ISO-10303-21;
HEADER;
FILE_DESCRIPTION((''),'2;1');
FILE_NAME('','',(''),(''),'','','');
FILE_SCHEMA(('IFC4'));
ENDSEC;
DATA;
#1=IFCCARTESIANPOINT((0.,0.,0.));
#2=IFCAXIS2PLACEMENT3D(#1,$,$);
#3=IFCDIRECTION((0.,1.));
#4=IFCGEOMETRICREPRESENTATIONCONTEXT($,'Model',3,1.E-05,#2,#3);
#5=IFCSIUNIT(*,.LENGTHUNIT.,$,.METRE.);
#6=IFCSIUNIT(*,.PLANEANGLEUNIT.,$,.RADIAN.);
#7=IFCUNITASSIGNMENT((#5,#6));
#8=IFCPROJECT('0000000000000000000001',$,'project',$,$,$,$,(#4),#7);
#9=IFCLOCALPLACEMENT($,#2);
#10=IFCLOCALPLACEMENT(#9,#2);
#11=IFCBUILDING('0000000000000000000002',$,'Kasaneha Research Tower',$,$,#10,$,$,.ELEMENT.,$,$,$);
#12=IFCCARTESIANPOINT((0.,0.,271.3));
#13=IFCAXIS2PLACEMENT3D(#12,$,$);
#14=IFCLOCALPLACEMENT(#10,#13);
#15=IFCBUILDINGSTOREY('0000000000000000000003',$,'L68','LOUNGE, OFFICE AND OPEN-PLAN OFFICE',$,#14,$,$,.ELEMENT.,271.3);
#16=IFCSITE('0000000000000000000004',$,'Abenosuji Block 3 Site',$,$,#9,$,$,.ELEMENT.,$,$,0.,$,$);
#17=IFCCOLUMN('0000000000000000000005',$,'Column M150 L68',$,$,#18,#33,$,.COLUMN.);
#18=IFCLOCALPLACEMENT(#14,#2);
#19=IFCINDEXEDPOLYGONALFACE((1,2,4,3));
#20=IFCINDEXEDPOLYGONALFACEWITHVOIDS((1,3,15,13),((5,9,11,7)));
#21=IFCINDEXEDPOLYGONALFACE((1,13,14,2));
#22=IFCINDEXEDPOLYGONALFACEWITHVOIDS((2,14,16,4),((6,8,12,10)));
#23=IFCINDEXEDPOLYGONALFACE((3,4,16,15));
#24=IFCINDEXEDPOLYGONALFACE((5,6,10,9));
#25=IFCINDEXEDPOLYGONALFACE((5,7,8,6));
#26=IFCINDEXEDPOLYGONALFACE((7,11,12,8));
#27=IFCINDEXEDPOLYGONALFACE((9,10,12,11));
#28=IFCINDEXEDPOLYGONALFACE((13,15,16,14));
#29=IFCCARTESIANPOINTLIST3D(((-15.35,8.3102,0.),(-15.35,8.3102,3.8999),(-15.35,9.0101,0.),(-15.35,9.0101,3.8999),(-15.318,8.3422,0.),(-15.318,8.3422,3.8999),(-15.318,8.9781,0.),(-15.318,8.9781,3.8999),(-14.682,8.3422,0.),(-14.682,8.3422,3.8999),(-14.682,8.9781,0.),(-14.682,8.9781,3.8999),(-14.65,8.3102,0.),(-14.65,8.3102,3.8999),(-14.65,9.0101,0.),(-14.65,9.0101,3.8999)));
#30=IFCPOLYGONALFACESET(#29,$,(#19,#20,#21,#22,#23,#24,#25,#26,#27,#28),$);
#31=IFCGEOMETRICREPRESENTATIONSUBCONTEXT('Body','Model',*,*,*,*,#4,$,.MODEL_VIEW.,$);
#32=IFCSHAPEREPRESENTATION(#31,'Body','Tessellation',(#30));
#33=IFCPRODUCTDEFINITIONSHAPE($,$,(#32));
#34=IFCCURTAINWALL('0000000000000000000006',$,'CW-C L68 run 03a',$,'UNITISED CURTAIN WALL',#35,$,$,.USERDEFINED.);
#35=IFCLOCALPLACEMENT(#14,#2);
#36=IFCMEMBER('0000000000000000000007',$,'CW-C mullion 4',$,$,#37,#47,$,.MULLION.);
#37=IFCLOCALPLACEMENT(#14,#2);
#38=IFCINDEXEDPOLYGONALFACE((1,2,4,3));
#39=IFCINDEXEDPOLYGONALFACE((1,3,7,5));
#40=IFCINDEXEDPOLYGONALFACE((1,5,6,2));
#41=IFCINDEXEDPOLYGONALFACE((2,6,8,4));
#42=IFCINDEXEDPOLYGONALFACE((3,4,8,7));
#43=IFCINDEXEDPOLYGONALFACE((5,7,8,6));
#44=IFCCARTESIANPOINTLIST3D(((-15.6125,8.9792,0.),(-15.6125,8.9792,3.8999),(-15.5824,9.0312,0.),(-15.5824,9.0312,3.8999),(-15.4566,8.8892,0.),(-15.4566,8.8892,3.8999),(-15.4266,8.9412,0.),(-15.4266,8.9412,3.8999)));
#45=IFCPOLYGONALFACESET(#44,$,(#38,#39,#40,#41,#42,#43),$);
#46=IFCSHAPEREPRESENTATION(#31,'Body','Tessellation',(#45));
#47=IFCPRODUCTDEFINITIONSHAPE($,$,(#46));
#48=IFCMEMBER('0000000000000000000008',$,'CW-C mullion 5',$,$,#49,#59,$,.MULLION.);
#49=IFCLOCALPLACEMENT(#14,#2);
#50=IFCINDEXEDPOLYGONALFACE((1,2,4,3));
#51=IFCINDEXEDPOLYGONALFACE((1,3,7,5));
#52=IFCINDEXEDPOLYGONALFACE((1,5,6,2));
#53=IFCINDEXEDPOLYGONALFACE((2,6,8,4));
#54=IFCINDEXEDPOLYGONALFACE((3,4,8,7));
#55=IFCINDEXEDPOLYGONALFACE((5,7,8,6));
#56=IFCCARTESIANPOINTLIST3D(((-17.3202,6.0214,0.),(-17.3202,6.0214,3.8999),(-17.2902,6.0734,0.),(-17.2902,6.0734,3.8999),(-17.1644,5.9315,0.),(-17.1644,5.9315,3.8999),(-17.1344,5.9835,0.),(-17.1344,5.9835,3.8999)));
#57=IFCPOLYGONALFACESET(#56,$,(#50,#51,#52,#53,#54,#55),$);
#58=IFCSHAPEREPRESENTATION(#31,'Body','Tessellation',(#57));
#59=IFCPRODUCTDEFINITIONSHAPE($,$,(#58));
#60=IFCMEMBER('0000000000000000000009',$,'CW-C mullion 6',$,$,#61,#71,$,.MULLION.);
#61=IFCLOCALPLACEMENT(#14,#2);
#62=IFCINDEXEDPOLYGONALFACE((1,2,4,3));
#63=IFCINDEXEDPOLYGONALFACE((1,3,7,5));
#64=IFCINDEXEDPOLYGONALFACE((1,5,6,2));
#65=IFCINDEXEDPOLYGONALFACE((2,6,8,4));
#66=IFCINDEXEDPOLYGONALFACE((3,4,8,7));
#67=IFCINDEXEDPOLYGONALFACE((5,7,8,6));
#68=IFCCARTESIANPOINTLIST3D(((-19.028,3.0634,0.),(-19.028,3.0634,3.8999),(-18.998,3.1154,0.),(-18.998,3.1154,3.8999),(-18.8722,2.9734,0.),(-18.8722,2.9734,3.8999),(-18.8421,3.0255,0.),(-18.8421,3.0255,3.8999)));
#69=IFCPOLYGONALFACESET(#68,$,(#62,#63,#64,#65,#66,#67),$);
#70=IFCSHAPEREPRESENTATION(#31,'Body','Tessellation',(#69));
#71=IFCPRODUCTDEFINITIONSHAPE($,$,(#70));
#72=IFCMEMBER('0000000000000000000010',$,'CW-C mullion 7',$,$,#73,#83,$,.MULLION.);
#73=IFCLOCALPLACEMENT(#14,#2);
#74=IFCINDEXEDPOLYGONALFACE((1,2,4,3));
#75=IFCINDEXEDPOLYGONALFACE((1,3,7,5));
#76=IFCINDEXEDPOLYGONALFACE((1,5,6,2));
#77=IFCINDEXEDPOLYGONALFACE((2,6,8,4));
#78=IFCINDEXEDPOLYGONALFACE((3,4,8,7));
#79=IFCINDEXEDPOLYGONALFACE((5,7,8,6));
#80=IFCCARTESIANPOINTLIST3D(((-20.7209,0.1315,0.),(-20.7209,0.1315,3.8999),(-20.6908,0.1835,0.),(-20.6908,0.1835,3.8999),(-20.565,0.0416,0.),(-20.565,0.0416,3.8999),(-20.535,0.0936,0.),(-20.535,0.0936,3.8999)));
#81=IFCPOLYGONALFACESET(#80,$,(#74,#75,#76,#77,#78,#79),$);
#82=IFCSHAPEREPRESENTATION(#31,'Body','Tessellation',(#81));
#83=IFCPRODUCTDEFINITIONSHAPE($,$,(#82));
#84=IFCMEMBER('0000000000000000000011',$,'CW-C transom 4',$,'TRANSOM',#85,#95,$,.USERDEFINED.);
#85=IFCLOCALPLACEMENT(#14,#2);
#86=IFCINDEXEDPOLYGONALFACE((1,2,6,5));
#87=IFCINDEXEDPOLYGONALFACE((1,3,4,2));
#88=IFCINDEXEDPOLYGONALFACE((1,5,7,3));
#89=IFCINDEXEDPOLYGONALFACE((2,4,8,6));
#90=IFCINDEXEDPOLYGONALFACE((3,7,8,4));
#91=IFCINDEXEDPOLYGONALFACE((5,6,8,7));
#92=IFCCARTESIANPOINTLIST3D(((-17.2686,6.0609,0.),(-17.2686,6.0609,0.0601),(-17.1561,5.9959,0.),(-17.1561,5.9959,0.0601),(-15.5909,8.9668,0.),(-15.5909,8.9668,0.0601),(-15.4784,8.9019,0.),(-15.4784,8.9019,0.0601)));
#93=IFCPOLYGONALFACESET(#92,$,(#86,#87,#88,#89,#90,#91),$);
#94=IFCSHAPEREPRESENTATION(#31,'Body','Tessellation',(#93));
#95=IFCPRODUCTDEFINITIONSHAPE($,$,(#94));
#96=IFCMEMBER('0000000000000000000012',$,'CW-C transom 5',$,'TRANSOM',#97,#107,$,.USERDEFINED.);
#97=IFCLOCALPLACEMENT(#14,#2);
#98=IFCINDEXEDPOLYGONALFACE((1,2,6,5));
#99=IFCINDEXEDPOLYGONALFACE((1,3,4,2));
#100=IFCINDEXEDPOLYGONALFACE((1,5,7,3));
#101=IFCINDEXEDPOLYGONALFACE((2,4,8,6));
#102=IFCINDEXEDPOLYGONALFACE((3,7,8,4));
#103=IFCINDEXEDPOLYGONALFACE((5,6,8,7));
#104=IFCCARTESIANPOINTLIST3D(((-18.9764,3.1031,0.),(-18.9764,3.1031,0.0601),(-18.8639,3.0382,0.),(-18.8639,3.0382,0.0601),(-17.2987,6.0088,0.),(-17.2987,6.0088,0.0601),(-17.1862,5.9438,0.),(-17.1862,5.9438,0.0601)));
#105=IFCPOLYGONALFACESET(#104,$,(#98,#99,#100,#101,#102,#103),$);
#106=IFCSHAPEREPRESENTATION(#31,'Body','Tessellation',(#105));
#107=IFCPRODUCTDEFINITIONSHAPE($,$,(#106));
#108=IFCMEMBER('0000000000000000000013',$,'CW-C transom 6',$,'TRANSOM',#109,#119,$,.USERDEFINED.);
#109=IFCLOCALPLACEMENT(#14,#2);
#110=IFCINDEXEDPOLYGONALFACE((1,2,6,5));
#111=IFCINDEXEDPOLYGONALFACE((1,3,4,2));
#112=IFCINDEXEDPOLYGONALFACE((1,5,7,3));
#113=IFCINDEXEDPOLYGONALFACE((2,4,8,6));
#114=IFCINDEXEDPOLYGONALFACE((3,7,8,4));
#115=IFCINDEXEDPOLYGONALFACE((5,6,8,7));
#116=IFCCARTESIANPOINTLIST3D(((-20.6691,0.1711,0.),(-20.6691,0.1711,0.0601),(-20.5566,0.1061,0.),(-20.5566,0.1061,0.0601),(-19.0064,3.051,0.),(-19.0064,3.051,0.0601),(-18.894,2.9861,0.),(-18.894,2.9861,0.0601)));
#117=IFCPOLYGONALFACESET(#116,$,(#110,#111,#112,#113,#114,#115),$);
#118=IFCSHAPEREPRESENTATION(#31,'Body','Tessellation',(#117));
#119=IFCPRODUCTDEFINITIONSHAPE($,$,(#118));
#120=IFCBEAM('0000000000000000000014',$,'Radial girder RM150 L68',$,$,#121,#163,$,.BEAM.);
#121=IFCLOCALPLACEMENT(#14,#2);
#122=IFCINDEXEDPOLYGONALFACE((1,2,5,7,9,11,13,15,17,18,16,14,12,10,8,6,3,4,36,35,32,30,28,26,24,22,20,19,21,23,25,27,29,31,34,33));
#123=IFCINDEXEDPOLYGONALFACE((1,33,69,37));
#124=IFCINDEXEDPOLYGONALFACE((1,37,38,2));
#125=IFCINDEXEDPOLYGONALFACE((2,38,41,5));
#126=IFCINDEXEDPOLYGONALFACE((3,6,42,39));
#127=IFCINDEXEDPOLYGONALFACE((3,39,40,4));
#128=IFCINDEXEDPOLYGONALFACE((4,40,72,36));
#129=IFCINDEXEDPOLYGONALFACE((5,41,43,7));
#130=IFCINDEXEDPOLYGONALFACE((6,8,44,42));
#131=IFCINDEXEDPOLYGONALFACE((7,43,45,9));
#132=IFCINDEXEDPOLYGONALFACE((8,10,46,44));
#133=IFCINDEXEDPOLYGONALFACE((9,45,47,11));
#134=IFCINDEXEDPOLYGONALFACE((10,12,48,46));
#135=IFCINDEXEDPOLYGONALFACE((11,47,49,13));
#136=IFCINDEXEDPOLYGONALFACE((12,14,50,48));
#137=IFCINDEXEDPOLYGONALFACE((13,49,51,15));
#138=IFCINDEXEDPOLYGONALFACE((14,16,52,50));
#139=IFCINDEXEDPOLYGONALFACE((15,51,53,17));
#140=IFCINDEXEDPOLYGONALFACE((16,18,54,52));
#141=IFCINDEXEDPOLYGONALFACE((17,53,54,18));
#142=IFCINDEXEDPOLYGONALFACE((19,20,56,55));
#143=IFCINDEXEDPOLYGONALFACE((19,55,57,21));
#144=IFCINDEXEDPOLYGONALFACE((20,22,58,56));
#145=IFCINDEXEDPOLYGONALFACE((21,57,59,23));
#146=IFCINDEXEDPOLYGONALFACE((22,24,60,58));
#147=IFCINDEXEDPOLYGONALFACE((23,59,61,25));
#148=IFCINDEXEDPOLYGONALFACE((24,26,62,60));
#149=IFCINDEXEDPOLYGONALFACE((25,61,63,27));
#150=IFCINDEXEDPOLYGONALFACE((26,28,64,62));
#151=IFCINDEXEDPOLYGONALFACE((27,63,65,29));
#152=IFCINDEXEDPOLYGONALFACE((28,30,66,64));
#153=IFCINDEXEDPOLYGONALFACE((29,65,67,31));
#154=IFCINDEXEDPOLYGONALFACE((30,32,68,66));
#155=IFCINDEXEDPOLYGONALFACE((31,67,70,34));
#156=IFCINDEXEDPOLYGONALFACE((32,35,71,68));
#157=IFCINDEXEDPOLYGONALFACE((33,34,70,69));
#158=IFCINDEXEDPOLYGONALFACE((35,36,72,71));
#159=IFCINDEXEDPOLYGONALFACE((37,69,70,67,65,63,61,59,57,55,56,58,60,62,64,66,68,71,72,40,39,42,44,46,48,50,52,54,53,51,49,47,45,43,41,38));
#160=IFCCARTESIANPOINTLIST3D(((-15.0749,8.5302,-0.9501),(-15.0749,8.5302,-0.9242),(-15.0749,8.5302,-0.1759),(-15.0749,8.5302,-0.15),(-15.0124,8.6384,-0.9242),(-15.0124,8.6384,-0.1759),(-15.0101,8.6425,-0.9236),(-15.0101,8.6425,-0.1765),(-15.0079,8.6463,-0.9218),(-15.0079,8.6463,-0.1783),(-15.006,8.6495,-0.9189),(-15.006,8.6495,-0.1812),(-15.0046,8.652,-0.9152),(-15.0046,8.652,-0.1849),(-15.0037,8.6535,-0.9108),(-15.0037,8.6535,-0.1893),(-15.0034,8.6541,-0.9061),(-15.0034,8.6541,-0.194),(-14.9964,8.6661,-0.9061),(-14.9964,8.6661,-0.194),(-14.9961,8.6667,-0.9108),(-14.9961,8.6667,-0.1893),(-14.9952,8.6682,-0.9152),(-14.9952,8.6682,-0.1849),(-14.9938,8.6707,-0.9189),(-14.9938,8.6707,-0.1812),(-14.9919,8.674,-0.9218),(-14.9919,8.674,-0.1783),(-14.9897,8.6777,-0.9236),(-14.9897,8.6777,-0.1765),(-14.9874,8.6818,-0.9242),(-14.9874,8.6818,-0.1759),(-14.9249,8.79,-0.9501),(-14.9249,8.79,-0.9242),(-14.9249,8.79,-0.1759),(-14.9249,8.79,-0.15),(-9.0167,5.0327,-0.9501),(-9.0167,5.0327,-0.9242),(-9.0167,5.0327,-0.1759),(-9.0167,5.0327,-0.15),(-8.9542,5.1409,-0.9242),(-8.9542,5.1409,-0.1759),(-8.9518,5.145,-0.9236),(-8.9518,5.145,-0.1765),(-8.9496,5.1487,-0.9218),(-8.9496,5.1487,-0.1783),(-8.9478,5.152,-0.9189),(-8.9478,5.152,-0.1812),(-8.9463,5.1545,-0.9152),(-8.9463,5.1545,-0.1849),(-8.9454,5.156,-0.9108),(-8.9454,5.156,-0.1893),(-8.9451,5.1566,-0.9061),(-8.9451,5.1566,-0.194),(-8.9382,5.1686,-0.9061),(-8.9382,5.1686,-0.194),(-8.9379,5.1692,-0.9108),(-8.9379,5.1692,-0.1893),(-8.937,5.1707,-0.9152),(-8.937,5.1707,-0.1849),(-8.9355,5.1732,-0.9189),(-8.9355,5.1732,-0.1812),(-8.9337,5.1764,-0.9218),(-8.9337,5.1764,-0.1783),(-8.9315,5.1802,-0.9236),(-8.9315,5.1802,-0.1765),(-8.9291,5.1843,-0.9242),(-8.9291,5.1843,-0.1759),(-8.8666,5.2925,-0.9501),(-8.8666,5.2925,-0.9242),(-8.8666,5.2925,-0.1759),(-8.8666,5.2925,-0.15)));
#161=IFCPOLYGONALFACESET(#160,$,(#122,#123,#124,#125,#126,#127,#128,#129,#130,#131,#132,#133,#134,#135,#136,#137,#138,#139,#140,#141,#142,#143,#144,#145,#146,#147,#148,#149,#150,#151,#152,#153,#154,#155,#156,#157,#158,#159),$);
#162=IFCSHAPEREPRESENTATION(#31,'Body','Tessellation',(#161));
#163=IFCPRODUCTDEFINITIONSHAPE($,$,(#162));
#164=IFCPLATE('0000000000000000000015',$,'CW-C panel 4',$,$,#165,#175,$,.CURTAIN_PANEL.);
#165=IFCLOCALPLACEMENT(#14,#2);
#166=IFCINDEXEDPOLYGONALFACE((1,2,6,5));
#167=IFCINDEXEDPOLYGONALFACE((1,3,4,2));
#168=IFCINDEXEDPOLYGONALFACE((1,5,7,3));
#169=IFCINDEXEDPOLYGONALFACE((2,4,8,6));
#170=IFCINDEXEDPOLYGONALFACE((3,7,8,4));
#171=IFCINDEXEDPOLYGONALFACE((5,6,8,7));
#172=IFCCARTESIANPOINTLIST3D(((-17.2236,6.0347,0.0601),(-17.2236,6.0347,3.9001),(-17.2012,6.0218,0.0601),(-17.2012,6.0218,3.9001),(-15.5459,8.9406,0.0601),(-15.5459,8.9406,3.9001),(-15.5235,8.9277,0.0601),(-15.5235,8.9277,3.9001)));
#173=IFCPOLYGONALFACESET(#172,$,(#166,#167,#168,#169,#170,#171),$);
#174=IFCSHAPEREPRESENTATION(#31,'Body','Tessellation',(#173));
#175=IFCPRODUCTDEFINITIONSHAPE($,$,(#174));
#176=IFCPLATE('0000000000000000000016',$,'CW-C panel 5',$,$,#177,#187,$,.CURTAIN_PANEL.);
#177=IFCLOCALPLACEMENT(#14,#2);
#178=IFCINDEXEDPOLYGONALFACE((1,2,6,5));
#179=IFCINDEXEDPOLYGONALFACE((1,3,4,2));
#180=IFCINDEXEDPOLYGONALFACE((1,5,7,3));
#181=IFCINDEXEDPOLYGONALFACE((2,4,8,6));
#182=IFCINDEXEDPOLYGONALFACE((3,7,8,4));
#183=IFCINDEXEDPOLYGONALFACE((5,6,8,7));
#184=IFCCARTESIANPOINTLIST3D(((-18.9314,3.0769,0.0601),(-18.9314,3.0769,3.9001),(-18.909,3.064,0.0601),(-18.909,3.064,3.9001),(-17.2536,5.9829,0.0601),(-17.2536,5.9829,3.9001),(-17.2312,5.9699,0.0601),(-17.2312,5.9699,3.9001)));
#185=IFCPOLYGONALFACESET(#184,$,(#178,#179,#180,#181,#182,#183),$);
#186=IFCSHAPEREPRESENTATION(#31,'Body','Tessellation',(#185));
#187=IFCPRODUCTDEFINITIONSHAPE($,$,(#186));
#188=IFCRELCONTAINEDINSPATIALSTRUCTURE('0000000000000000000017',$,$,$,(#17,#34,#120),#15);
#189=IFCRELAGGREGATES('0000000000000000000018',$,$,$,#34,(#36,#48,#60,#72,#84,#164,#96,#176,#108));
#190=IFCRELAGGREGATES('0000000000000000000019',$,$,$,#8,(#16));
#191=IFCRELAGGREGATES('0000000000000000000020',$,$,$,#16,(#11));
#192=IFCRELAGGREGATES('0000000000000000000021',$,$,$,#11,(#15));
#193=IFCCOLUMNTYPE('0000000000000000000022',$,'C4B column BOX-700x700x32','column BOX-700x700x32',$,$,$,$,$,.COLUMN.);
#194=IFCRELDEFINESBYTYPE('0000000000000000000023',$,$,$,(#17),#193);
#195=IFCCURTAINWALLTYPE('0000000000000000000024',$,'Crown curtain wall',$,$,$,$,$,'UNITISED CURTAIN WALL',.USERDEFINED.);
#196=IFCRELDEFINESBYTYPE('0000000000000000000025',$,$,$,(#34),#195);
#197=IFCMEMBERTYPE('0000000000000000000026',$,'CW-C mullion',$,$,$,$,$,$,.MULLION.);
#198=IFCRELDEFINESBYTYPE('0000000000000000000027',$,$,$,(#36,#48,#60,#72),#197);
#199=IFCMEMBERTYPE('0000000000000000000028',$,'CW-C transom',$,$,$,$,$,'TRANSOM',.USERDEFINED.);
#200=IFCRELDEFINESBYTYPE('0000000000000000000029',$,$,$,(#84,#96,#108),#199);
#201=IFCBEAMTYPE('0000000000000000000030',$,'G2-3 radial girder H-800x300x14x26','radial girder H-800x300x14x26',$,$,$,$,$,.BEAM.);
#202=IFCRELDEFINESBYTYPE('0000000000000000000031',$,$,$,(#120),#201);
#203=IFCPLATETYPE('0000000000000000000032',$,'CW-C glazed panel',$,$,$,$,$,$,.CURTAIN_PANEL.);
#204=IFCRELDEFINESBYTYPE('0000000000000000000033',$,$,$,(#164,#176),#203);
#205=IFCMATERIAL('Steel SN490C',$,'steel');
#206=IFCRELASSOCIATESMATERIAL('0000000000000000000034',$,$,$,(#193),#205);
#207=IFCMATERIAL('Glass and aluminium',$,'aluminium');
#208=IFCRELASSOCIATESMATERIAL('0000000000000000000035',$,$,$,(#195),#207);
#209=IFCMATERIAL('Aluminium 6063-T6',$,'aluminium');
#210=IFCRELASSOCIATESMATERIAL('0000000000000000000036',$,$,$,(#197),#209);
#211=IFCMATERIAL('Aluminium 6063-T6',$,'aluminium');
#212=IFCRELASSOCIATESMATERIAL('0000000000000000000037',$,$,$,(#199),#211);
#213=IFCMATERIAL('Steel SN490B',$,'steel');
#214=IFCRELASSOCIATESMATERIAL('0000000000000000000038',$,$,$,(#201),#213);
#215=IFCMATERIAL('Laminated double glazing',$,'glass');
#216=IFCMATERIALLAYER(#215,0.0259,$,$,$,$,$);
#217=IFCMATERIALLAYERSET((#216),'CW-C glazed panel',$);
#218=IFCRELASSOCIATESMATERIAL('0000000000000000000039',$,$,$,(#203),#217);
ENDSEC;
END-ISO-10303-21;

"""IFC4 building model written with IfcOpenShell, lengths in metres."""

from ifc_helpers import new_model, si_unit, direction, frame, origin, origin_2d, place, context, subcontext, project, spatial, rectangle, hollow_rectangle, i_section, extrude, material, layer, layer_set, material_profile, profile_set, type_object, element, aggregate, save


model = new_model("IFC4")

# Units and contexts
model_context = context("Model", 3, precision=1e-05, world=origin(), true_north=direction((0.0, 1.0)))
body_context = subcontext(model_context, "Body", "Model", "MODEL_VIEW")
ifc_project = project(units=[si_unit("LENGTHUNIT", "METRE"), si_unit("PLANEANGLEUNIT", "RADIAN")], contexts=[model_context])

# Site, building, storey
site_placement = place(None, origin())
site = spatial("IfcSite", under=ifc_project, at=site_placement, Name="Abenosuji Block 3 Site", CompositionType="ELEMENT", RefElevation=0.0)
building_placement = place(site_placement, origin())
building = spatial("IfcBuilding", under=site, at=building_placement, Name="Kasaneha Research Tower", CompositionType="ELEMENT")
storey_placement = place(building_placement, frame((0.0, 0.0, 271.3)))
storey = spatial("IfcBuildingStorey", under=building, at=storey_placement, Name="L68", Description="LOUNGE, OFFICE AND OPEN-PLAN OFFICE", CompositionType="ELEMENT", Elevation=271.3)

# Column
ifc_material_1 = material(Name="Steel SN490C", Category="steel")
ifc_material_profile_1 = material_profile(ifc_material_1, hollow_rectangle(XDim=0.7, YDim=0.7, WallThickness=0.032, at=origin_2d()), Name="BOX-700x700x32")
ifc_profile_set_1 = profile_set([ifc_material_profile_1], Name="Steel SN490C")
column_type = type_object("IfcColumnType", Name="C4B column BOX-700x700x32", Description="column BOX-700x700x32", PredefinedType="COLUMN", material=ifc_profile_set_1)
column_placement = place(storey_placement, frame((-15.0, 8.6602, 0.0), z_axis=(0.0, 0.0, 1.0), x_axis=(1.0, 0.0, 0.0)))
element("IfcColumn", 1, at=column_placement, inside=storey, type_object=column_type, Name="Column M150 L68", PredefinedType="COLUMN", context=body_context, shape_type="SweptSolid", body=[
    extrude(hollow_rectangle(XDim=0.7, YDim=0.7, WallThickness=0.032, at=origin_2d()), origin(), (0.0, 0.0, 1.0), 3.8999),
])

# Curtain wall, members
ifc_material_2 = material(Name="Glass and aluminium", Category="aluminium")
curtain_wall_type = type_object("IfcCurtainWallType", Name="Crown curtain wall", ElementType="UNITISED CURTAIN WALL", PredefinedType="USERDEFINED", material=ifc_material_2)
curtain_wall_placement = place(storey_placement, origin())
curtain_wall = element("IfcCurtainWall", 2, at=curtain_wall_placement, inside=storey, type_object=curtain_wall_type, Name="CW-C L68 run 03a", ObjectType="UNITISED CURTAIN WALL", PredefinedType="USERDEFINED")
ifc_material_3 = material(Name="Aluminium 6063-T6", Category="aluminium")
ifc_material_profile_2 = material_profile(ifc_material_3, rectangle(XDim=0.0601, YDim=0.1799, at=origin_2d()), Name="CW-C mullion 60x180")
ifc_profile_set_2 = profile_set([ifc_material_profile_2], Name="Aluminium 6063-T6")
member_type_1 = type_object("IfcMemberType", Name="CW-C mullion", PredefinedType="MULLION", material=ifc_profile_set_2)
member_1_placement = place(storey_placement, frame((-15.5195, 8.9602, 0.0), z_axis=(0.0, 0.0, 1.0), x_axis=(-0.5, -0.866025, 0.0)))
member_1 = element("IfcMember", 3, at=member_1_placement, type_object=member_type_1, Name="CW-C mullion 4", PredefinedType="MULLION", context=body_context, shape_type="SweptSolid", body=[
    extrude(rectangle(XDim=0.0601, YDim=0.1799, at=origin_2d()), origin(), (0.0, 0.0, 1.0), 3.8999),
])
member_2_placement = place(storey_placement, frame((-17.2273, 6.0024, 0.0), z_axis=(0.0, 0.0, 1.0), x_axis=(-0.5, -0.866025, 0.0)))
member_2 = element("IfcMember", 4, at=member_2_placement, type_object=member_type_1, Name="CW-C mullion 5", PredefinedType="MULLION", context=body_context, shape_type="SweptSolid", body=[
    extrude(rectangle(XDim=0.0601, YDim=0.1799, at=origin_2d()), origin(), (0.0, 0.0, 1.0), 3.8999),
])
member_3_placement = place(storey_placement, frame((-18.9351, 3.0444, 0.0), z_axis=(0.0, 0.0, 1.0), x_axis=(-0.5, -0.866025, 0.0)))
member_3 = element("IfcMember", 5, at=member_3_placement, type_object=member_type_1, Name="CW-C mullion 6", PredefinedType="MULLION", context=body_context, shape_type="SweptSolid", body=[
    extrude(rectangle(XDim=0.0601, YDim=0.1799, at=origin_2d()), origin(), (0.0, 0.0, 1.0), 3.8999),
])
member_4_placement = place(storey_placement, frame((-20.6279, 0.1125, 0.0), z_axis=(0.0, 0.0, 1.0), x_axis=(-0.5, -0.866025, 0.0)))
member_4 = element("IfcMember", 6, at=member_4_placement, type_object=member_type_1, Name="CW-C mullion 7", PredefinedType="MULLION", context=body_context, shape_type="SweptSolid", body=[
    extrude(rectangle(XDim=0.0601, YDim=0.1799, at=origin_2d()), origin(), (0.0, 0.0, 1.0), 3.8999),
])
ifc_material_4 = material(Name="Aluminium 6063-T6", Category="aluminium")
ifc_material_profile_3 = material_profile(ifc_material_4, rectangle(XDim=0.1299, YDim=0.0601, at=origin_2d()), Name="CW-C transom 130x60")
ifc_profile_set_3 = profile_set([ifc_material_profile_3], Name="Aluminium 6063-T6")
member_type_2 = type_object("IfcMemberType", Name="CW-C transom", ElementType="TRANSOM", PredefinedType="USERDEFINED", material=ifc_profile_set_3)
member_5_placement = place(storey_placement, frame((-15.5347, 8.9343, 0.03), z_axis=(-0.499989, -0.866032, 0.0), x_axis=(0.866032, -0.499989, 0.0)))
member_5 = element("IfcMember", 7, at=member_5_placement, type_object=member_type_2, Name="CW-C transom 4", ObjectType="TRANSOM", PredefinedType="USERDEFINED", context=body_context, shape_type="SweptSolid", body=[
    extrude(rectangle(XDim=0.1299, YDim=0.0601, at=origin_2d()), origin(), (0.0, 0.0, 1.0), 3.3555),
])
member_6_placement = place(storey_placement, frame((-17.2424, 5.9763, 0.03), z_axis=(-0.500021, -0.866014, 0.0), x_axis=(0.866014, -0.500021, 0.0)))
member_6 = element("IfcMember", 8, at=member_6_placement, type_object=member_type_2, Name="CW-C transom 5", ObjectType="TRANSOM", PredefinedType="USERDEFINED", context=body_context, shape_type="SweptSolid", body=[
    extrude(rectangle(XDim=0.1299, YDim=0.0601, at=origin_2d()), origin(), (0.0, 0.0, 1.0), 3.3552),
])
member_7_placement = place(storey_placement, frame((-18.9502, 3.0186, 0.03), z_axis=(-0.499977, -0.866039, 0.0), x_axis=(0.866039, -0.499977, 0.0)))
member_7 = element("IfcMember", 9, at=member_7_placement, type_object=member_type_2, Name="CW-C transom 6", ObjectType="TRANSOM", PredefinedType="USERDEFINED", context=body_context, shape_type="SweptSolid", body=[
    extrude(rectangle(XDim=0.1299, YDim=0.0601, at=origin_2d()), origin(), (0.0, 0.0, 1.0), 3.3254),
])

# Beam
ifc_material_5 = material(Name="Steel SN490B", Category="steel")
ifc_material_profile_4 = material_profile(ifc_material_5, i_section(OverallWidth=0.3, OverallDepth=0.8, WebThickness=0.0139, FlangeThickness=0.0259, FilletRadius=0.0181, at=origin_2d()), Name="H-800x300x14x26")
ifc_profile_set_4 = profile_set([ifc_material_profile_4], Name="Steel SN490B")
beam_type = type_object("IfcBeamType", Name="G2-3 radial girder H-800x300x14x26", Description="radial girder H-800x300x14x26", PredefinedType="BEAM", material=ifc_profile_set_4)
beam_placement = place(storey_placement, frame((-8.9417, 5.1626, -0.55), z_axis=(-0.86604, 0.499975, 0.0), x_axis=(-0.499975, -0.86604, 0.0)))
element("IfcBeam", 10, at=beam_placement, inside=storey, type_object=beam_type, Name="Radial girder RM150 L68", PredefinedType="BEAM", context=body_context, shape_type="SweptSolid", body=[
    extrude(i_section(OverallWidth=0.3, OverallDepth=0.8, WebThickness=0.0139, FlangeThickness=0.0259, FilletRadius=0.0181, at=origin_2d()), origin(), (0.0, 0.0, 1.0), 6.9954),
])

# Plates
ifc_material_6 = material(Name="Laminated double glazing", Category="glass")
ifc_layer_1 = layer(ifc_material_6, 0.0259)
ifc_layer_set_1 = layer_set([ifc_layer_1], Name="CW-C glazed panel")
plate_type = type_object("IfcPlateType", Name="CW-C glazed panel", PredefinedType="CURTAIN_PANEL", material=ifc_layer_set_1)
plate_1_placement = place(storey_placement, frame((-16.3735, 7.4812, 0.0601), z_axis=(0.0, 0.0, 1.0), x_axis=(-0.5, -0.866025, 0.0)))
plate_1 = element("IfcPlate", 11, at=plate_1_placement, type_object=plate_type, Name="CW-C panel 4", PredefinedType="CURTAIN_PANEL", context=body_context, shape_type="SweptSolid", body=[
    extrude(rectangle(XDim=3.3555, YDim=0.0259, at=origin_2d()), origin(), (0.0, 0.0, 1.0), 3.8401),
])
plate_2_placement = place(storey_placement, frame((-18.0813, 4.5234, 0.0601), z_axis=(0.0, 0.0, 1.0), x_axis=(-0.5, -0.866025, 0.0)))
plate_2 = element("IfcPlate", 12, at=plate_2_placement, type_object=plate_type, Name="CW-C panel 5", PredefinedType="CURTAIN_PANEL", context=body_context, shape_type="SweptSolid", body=[
    extrude(rectangle(XDim=3.3555, YDim=0.0259, at=origin_2d()), origin(), (0.0, 0.0, 1.0), 3.8401),
])
aggregate(curtain_wall, [member_1, member_2, member_3, member_4, member_5, plate_1, member_6, plate_2, member_7])

save(model, "model.ifc")
